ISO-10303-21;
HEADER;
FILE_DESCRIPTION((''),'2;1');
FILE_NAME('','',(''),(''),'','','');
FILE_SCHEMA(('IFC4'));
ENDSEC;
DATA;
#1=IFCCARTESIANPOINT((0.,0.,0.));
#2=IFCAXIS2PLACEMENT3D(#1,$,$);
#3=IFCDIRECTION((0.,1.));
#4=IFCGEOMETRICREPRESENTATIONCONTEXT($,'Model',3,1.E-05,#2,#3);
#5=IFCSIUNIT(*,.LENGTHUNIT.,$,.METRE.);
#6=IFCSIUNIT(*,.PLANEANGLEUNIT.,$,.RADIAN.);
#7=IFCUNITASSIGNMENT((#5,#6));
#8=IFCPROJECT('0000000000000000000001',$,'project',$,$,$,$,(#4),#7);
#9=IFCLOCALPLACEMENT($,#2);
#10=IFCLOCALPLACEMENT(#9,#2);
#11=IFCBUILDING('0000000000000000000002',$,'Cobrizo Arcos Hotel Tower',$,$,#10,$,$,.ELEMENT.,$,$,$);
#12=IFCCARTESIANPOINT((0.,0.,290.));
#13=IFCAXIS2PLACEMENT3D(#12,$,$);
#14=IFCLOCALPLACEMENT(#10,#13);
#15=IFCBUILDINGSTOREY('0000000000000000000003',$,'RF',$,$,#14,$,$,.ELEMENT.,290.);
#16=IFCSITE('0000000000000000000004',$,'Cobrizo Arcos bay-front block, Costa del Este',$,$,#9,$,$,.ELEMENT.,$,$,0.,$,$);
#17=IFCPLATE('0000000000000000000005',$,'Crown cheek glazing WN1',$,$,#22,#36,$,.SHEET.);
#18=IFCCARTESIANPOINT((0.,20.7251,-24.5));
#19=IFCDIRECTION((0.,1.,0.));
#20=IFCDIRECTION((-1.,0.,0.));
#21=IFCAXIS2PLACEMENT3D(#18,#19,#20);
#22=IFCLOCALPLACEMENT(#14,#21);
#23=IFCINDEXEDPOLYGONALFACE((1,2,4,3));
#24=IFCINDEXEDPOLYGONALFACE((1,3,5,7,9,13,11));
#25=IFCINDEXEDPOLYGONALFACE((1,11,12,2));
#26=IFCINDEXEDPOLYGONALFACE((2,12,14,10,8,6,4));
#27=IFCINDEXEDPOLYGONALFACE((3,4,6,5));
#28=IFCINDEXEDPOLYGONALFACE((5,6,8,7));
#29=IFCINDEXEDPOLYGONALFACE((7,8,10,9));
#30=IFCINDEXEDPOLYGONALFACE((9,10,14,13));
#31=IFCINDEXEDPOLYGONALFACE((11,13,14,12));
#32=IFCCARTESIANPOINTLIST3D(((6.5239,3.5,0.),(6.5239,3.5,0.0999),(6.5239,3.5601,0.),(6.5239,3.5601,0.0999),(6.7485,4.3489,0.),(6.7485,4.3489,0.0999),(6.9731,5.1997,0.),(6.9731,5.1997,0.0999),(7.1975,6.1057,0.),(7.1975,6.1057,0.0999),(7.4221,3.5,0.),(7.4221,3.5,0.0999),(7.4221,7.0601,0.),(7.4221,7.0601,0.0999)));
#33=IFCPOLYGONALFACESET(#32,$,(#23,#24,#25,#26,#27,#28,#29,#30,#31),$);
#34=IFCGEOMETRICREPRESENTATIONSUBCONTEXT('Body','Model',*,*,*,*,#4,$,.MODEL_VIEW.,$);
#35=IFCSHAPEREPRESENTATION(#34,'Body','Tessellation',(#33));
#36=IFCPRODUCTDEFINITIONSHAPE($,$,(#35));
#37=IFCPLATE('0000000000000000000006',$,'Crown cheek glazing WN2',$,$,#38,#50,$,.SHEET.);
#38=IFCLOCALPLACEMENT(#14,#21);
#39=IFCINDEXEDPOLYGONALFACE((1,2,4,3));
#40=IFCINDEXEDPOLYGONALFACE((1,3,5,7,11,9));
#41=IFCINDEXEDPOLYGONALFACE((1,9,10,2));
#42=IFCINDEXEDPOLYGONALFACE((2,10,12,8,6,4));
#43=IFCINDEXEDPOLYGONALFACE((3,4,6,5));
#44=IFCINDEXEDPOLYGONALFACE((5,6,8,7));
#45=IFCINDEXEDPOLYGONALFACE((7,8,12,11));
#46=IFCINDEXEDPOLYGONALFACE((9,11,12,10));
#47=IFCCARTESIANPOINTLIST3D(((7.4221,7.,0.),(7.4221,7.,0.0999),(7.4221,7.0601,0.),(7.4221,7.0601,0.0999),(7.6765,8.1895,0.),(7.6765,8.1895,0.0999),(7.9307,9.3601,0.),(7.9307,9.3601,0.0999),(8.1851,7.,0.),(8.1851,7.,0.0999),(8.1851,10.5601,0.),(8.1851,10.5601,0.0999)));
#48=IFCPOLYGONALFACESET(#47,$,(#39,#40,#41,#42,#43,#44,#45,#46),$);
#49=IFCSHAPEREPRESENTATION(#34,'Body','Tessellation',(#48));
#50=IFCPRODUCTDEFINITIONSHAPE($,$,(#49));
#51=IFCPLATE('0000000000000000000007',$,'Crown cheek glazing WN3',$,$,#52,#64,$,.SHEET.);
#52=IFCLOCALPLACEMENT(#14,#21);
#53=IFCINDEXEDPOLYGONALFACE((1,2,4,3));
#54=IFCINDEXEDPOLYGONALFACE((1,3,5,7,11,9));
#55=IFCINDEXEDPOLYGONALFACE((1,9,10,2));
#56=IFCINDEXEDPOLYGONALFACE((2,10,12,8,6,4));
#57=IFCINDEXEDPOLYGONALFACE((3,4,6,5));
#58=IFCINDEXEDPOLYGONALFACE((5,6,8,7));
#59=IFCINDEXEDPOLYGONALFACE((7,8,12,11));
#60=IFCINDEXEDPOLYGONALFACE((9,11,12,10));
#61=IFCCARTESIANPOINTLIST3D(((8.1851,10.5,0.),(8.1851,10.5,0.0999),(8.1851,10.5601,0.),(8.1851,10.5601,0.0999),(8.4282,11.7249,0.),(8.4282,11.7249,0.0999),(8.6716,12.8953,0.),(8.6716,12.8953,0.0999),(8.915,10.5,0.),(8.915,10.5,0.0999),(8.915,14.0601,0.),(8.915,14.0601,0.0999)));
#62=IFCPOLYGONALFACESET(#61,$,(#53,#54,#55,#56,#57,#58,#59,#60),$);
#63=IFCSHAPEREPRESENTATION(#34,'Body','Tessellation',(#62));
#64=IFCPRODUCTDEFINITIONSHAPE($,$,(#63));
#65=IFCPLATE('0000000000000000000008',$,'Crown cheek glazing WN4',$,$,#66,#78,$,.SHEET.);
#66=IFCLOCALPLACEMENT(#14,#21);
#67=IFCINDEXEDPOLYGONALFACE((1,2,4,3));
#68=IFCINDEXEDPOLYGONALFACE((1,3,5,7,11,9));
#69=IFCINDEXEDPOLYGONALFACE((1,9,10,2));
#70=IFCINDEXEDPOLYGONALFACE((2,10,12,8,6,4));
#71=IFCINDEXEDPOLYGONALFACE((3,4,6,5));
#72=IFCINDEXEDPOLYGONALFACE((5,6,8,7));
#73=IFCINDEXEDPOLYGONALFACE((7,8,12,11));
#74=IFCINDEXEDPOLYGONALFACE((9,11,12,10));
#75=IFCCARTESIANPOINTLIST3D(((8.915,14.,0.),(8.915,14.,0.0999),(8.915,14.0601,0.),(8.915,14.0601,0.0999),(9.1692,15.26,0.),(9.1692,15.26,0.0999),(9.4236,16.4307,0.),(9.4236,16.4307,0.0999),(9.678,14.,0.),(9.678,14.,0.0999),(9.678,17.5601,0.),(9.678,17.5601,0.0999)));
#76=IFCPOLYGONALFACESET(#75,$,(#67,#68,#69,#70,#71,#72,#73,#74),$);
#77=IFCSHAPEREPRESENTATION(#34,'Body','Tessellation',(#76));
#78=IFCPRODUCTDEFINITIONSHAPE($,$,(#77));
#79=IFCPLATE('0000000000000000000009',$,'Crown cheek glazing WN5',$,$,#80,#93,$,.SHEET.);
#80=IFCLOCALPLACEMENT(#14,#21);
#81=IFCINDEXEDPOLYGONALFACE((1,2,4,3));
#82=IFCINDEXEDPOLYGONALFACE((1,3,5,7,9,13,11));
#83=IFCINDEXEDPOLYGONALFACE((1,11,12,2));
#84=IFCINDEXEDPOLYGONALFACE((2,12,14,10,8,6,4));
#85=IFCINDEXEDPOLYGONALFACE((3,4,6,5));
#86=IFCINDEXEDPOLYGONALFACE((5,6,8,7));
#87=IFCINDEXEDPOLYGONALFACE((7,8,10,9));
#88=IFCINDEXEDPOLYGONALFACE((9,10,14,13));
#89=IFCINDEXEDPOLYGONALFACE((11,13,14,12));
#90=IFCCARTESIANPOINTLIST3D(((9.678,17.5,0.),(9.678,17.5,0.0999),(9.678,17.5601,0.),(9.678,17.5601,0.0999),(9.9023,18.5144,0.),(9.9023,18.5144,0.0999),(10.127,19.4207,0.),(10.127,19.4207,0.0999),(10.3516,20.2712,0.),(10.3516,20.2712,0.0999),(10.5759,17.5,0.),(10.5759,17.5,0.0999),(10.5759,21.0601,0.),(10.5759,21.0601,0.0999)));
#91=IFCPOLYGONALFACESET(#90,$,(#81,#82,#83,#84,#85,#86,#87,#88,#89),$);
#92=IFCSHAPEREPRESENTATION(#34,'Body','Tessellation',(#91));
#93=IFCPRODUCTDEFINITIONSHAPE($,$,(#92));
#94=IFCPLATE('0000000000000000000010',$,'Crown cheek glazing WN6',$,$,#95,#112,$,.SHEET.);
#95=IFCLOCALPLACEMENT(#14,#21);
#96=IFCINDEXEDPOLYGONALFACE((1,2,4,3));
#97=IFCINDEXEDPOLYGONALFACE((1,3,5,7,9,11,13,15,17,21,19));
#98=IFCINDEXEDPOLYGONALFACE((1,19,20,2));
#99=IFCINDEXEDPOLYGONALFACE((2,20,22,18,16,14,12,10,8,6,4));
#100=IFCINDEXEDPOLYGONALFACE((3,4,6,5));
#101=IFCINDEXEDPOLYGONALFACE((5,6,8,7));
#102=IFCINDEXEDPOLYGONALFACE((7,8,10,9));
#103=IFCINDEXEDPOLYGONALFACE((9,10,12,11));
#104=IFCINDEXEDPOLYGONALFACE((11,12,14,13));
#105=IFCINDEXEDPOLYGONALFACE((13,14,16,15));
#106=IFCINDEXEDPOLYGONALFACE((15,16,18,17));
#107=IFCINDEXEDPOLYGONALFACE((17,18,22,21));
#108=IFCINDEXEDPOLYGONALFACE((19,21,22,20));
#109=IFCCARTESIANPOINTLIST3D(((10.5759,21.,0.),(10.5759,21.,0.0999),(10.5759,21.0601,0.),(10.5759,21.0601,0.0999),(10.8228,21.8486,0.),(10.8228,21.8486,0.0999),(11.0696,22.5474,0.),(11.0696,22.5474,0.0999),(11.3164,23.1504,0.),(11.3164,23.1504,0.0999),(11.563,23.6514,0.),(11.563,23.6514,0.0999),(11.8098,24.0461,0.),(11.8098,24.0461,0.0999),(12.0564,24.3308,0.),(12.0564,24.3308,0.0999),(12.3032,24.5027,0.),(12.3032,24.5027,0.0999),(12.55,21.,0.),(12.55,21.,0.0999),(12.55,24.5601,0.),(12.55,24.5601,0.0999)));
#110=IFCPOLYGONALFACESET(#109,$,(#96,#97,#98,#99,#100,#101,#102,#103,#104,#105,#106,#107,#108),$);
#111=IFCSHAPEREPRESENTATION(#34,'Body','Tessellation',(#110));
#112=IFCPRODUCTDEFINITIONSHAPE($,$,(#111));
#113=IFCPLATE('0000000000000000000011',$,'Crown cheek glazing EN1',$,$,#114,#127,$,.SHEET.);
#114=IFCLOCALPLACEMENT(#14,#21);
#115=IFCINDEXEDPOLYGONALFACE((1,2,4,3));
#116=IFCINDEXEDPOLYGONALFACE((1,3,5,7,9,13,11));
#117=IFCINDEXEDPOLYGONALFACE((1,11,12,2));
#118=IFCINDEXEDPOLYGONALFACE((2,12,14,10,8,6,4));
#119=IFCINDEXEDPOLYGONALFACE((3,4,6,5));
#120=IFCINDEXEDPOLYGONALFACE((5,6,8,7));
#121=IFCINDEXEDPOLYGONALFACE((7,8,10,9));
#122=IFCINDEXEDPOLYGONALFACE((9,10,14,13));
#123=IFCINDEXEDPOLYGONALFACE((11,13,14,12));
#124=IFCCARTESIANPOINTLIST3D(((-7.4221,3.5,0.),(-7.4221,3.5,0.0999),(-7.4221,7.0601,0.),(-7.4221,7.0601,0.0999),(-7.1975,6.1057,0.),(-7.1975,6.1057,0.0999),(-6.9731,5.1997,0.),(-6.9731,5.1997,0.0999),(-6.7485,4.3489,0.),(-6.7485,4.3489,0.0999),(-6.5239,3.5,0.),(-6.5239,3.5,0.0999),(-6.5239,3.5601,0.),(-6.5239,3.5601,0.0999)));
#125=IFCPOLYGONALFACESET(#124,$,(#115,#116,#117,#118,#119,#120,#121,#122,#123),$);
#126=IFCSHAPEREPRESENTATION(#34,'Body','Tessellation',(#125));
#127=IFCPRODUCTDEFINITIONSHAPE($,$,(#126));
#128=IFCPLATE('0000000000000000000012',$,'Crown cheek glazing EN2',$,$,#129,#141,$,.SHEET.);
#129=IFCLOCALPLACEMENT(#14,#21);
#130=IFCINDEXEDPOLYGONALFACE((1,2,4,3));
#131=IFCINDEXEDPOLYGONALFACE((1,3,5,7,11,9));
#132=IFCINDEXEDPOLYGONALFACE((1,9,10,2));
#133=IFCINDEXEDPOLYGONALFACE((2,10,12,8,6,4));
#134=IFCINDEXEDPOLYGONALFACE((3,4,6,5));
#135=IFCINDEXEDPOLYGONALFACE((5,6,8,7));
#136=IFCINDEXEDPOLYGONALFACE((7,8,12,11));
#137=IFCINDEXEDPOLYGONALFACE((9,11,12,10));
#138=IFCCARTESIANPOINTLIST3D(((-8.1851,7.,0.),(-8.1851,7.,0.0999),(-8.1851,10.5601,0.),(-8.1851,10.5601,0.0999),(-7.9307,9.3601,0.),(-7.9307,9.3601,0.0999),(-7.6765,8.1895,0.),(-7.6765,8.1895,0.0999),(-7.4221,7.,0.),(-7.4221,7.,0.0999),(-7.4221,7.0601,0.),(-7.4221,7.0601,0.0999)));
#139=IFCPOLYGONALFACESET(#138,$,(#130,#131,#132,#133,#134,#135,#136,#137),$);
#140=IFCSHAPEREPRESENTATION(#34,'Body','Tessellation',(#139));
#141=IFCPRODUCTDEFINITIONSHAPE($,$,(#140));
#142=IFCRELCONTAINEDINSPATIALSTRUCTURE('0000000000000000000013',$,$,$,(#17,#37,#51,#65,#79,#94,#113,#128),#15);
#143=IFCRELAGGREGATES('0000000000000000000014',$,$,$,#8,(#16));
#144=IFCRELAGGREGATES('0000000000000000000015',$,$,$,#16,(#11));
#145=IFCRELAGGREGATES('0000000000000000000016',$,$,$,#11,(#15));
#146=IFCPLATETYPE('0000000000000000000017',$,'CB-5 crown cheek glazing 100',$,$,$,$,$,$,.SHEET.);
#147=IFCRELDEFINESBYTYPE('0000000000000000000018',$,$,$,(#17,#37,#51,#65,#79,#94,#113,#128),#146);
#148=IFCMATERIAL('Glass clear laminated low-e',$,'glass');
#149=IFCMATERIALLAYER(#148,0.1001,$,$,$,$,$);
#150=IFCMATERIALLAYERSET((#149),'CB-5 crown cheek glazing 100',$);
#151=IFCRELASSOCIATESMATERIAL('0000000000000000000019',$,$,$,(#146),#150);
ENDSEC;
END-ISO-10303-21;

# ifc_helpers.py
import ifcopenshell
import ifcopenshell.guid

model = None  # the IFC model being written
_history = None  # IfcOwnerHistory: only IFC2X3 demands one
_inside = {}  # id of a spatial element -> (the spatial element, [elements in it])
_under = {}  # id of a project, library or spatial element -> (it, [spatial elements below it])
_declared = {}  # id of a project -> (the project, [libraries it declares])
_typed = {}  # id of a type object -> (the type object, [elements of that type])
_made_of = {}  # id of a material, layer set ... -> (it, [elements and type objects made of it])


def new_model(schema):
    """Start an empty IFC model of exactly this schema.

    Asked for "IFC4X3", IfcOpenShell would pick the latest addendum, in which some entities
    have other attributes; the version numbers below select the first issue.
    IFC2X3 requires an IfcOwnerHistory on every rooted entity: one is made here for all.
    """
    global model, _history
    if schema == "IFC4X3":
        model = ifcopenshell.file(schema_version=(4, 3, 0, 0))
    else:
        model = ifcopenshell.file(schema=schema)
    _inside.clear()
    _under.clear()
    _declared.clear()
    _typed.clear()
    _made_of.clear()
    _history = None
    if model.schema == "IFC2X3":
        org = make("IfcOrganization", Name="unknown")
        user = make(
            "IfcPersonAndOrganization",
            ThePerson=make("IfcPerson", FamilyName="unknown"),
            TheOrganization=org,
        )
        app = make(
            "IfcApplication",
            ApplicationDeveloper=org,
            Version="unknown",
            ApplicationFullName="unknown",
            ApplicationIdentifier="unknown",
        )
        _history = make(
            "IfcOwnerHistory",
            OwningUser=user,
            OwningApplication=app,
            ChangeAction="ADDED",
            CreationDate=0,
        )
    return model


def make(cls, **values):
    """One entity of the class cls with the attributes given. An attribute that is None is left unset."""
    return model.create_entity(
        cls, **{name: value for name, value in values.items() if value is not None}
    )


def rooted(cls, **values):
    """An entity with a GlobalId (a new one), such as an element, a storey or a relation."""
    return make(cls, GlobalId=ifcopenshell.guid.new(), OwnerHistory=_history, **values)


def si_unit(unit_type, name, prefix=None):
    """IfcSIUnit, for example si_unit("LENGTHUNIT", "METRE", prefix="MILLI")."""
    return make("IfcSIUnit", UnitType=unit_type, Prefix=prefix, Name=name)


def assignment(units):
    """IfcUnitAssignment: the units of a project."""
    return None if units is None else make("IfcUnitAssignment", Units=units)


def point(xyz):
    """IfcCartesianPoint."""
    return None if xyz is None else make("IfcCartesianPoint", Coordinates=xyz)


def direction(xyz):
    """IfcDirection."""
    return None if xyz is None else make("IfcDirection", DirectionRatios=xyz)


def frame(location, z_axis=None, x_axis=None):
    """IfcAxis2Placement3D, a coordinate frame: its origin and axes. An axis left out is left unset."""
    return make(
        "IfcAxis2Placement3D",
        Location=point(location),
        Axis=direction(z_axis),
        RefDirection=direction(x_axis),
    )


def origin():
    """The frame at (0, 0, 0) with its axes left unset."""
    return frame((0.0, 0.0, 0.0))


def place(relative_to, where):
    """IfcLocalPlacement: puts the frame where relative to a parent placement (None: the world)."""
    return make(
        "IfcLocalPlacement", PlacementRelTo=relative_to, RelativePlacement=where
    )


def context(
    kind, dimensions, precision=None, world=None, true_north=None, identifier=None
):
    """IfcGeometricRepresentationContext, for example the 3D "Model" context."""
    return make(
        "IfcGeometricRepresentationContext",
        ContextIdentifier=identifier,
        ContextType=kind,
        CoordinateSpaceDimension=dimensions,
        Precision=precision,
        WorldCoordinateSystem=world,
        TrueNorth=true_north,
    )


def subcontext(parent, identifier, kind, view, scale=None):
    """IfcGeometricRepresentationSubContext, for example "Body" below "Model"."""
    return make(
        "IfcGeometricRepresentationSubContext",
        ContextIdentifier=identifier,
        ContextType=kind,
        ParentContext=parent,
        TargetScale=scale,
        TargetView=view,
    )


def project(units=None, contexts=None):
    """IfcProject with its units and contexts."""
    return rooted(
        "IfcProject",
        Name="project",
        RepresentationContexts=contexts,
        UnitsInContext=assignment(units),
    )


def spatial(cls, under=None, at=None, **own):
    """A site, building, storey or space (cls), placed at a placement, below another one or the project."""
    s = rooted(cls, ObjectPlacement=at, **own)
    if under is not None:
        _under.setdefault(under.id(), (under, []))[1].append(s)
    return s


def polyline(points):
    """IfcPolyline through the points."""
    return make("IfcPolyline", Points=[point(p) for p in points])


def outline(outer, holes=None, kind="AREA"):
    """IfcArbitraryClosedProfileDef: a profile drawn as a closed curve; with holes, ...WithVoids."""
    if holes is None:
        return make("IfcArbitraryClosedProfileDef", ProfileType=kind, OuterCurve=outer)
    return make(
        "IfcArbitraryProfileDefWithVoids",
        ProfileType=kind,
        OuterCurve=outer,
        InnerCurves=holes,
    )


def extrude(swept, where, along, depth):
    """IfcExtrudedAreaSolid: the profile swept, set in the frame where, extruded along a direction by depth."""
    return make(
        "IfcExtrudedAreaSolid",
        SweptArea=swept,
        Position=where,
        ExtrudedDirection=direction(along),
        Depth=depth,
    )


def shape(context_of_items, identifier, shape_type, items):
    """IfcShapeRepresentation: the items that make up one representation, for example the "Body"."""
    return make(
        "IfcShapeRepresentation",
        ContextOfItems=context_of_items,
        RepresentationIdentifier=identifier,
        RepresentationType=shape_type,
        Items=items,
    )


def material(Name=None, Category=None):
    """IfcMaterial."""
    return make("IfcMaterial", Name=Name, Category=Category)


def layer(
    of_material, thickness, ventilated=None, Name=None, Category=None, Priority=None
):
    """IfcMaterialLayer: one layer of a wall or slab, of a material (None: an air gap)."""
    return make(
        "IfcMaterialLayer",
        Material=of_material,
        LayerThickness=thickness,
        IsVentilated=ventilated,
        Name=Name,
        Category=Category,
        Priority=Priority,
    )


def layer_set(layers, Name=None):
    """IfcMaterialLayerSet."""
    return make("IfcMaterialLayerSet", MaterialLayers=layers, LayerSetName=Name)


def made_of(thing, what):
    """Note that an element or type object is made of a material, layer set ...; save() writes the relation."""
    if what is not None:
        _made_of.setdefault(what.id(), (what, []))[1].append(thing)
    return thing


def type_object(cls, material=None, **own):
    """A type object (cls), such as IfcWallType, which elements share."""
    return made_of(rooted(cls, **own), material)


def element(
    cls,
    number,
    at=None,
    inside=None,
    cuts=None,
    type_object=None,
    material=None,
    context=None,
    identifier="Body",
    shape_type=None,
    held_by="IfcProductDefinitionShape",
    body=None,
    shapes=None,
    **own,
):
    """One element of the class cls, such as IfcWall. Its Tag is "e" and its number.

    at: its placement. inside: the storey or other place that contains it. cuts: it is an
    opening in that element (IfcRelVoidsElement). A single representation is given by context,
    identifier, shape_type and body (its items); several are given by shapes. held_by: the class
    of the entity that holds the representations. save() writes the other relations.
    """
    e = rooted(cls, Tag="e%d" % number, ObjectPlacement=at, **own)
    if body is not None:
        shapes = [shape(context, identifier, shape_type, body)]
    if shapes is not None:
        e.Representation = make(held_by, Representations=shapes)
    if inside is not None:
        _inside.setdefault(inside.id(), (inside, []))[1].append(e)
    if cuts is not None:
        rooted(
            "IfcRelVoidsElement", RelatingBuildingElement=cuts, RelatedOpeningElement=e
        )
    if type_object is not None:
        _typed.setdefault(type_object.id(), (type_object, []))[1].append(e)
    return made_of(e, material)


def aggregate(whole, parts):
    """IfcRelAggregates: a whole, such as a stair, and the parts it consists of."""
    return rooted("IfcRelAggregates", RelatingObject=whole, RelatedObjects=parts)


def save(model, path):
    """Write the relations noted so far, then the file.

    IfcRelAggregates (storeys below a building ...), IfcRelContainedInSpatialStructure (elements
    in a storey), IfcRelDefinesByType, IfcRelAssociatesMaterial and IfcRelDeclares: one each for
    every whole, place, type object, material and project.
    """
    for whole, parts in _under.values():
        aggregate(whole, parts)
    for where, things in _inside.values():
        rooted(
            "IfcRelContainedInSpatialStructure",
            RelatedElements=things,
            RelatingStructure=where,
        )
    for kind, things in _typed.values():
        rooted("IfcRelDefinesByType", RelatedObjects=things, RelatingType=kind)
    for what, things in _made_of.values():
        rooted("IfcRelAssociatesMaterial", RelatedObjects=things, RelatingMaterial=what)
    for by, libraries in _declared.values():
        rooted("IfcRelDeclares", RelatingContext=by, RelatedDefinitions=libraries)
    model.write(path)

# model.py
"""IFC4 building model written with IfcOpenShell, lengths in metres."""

from ifc_helpers import new_model, si_unit, direction, frame, origin, place, context, subcontext, project, spatial, polyline, outline, extrude, material, layer, layer_set, type_object, element, save


model = new_model("IFC4")

# Units and contexts
model_context = context("Model", 3, precision=1e-05, world=origin(), true_north=direction((0.0, 1.0)))
body_context = subcontext(model_context, "Body", "Model", "MODEL_VIEW")
ifc_project = project(units=[si_unit("LENGTHUNIT", "METRE"), si_unit("PLANEANGLEUNIT", "RADIAN")], contexts=[model_context])

# Site, building, storey
site_placement = place(None, origin())
site = spatial("IfcSite", under=ifc_project, at=site_placement, Name="Cobrizo Arcos bay-front block, Costa del Este", CompositionType="ELEMENT", RefElevation=0.0)
building_placement = place(site_placement, origin())
building = spatial("IfcBuilding", under=site, at=building_placement, Name="Cobrizo Arcos Hotel Tower", CompositionType="ELEMENT")
storey_placement = place(building_placement, frame((0.0, 0.0, 290.0)))
storey = spatial("IfcBuildingStorey", under=building, at=storey_placement, Name="RF", CompositionType="ELEMENT", Elevation=290.0)

# Plates
ifc_material_1 = material(Name="Glass clear laminated low-e", Category="glass")
ifc_layer_1 = layer(ifc_material_1, 0.1001)
ifc_layer_set_1 = layer_set([ifc_layer_1], Name="CB-5 crown cheek glazing 100")
plate_type_1 = type_object("IfcPlateType", Name="CB-5 crown cheek glazing 100", PredefinedType="SHEET", material=ifc_layer_set_1)
plate_1_placement = place(storey_placement, frame((0.0, 20.7251, -24.5), z_axis=(0.0, 1.0, 0.0), x_axis=(-1.0, 0.0, 0.0)))
element("IfcPlate", 1, at=plate_1_placement, inside=storey, type_object=plate_type_1, Name="Crown cheek glazing WN1", PredefinedType="SHEET", context=body_context, shape_type="SweptSolid", body=[
    extrude(outline(polyline([(7.4221, 3.5), (7.4221, 7.0601), (7.1975, 6.1057), (6.9731, 5.1997), (6.7485, 4.3489), (6.5239, 3.5601), (6.5239, 3.5), (7.4221, 3.5)])), origin(), (0.0, 0.0, 1.0), 0.0999),
])
plate_2_placement = place(storey_placement, frame((0.0, 20.7251, -24.5), z_axis=(0.0, 1.0, 0.0), x_axis=(-1.0, 0.0, 0.0)))
element("IfcPlate", 2, at=plate_2_placement, inside=storey, type_object=plate_type_1, Name="Crown cheek glazing WN2", PredefinedType="SHEET", context=body_context, shape_type="SweptSolid", body=[
    extrude(outline(polyline([(8.1851, 7.0), (8.1851, 10.5601), (7.9307, 9.3601), (7.6765, 8.1895), (7.4221, 7.0601), (7.4221, 7.0), (8.1851, 7.0)])), origin(), (0.0, 0.0, 1.0), 0.0999),
])
plate_3_placement = place(storey_placement, frame((0.0, 20.7251, -24.5), z_axis=(0.0, 1.0, 0.0), x_axis=(-1.0, 0.0, 0.0)))
element("IfcPlate", 3, at=plate_3_placement, inside=storey, type_object=plate_type_1, Name="Crown cheek glazing WN3", PredefinedType="SHEET", context=body_context, shape_type="SweptSolid", body=[
    extrude(outline(polyline([(8.915, 10.5), (8.915, 14.0601), (8.6716, 12.8953), (8.4282, 11.7249), (8.1851, 10.5601), (8.1851, 10.5), (8.915, 10.5)])), origin(), (0.0, 0.0, 1.0), 0.0999),
])
plate_4_placement = place(storey_placement, frame((0.0, 20.7251, -24.5), z_axis=(0.0, 1.0, 0.0), x_axis=(-1.0, 0.0, 0.0)))
element("IfcPlate", 4, at=plate_4_placement, inside=storey, type_object=plate_type_1, Name="Crown cheek glazing WN4", PredefinedType="SHEET", context=body_context, shape_type="SweptSolid", body=[
    extrude(outline(polyline([(9.678, 14.0), (9.678, 17.5601), (9.4236, 16.4307), (9.1692, 15.26), (8.915, 14.0601), (8.915, 14.0), (9.678, 14.0)])), origin(), (0.0, 0.0, 1.0), 0.0999),
])
plate_5_placement = place(storey_placement, frame((0.0, 20.7251, -24.5), z_axis=(0.0, 1.0, 0.0), x_axis=(-1.0, 0.0, 0.0)))
element("IfcPlate", 5, at=plate_5_placement, inside=storey, type_object=plate_type_1, Name="Crown cheek glazing WN5", PredefinedType="SHEET", context=body_context, shape_type="SweptSolid", body=[
    extrude(outline(polyline([(10.5759, 17.5), (10.5759, 21.0601), (10.3516, 20.2712), (10.127, 19.4207), (9.9023, 18.5144), (9.678, 17.5601), (9.678, 17.5), (10.5759, 17.5)])), origin(), (0.0, 0.0, 1.0), 0.0999),
])
plate_6_placement = place(storey_placement, frame((0.0, 20.7251, -24.5), z_axis=(0.0, 1.0, 0.0), x_axis=(-1.0, 0.0, 0.0)))
element("IfcPlate", 6, at=plate_6_placement, inside=storey, type_object=plate_type_1, Name="Crown cheek glazing WN6", PredefinedType="SHEET", context=body_context, shape_type="SweptSolid", body=[
    extrude(outline(polyline([(12.55, 21.0), (12.55, 24.5601), (12.3032, 24.5027), (12.0564, 24.3308), (11.8098, 24.0461), (11.563, 23.6514), (11.3164, 23.1504), (11.0696, 22.5474), (10.8228, 21.8486), (10.5759, 21.0601), (10.5759, 21.0), (12.55, 21.0)])), origin(), (0.0, 0.0, 1.0), 0.0999),
])
plate_7_placement = place(storey_placement, frame((0.0, 20.7251, -24.5), z_axis=(0.0, 1.0, 0.0), x_axis=(-1.0, 0.0, 0.0)))
element("IfcPlate", 7, at=plate_7_placement, inside=storey, type_object=plate_type_1, Name="Crown cheek glazing EN1", PredefinedType="SHEET", context=body_context, shape_type="SweptSolid", body=[
    extrude(outline(polyline([(-6.5239, 3.5), (-6.5239, 3.5601), (-6.7485, 4.3489), (-6.9731, 5.1997), (-7.1975, 6.1057), (-7.4221, 7.0601), (-7.4221, 3.5), (-6.5239, 3.5)])), origin(), (0.0, 0.0, 1.0), 0.0999),
])
plate_8_placement = place(storey_placement, frame((0.0, 20.7251, -24.5), z_axis=(0.0, 1.0, 0.0), x_axis=(-1.0, 0.0, 0.0)))
element("IfcPlate", 8, at=plate_8_placement, inside=storey, type_object=plate_type_1, Name="Crown cheek glazing EN2", PredefinedType="SHEET", context=body_context, shape_type="SweptSolid", body=[
    extrude(outline(polyline([(-7.4221, 7.0), (-7.4221, 7.0601), (-7.6765, 8.1895), (-7.9307, 9.3601), (-8.1851, 10.5601), (-8.1851, 7.0), (-7.4221, 7.0)])), origin(), (0.0, 0.0, 1.0), 0.0999),
])

save(model, "model.ifc")
